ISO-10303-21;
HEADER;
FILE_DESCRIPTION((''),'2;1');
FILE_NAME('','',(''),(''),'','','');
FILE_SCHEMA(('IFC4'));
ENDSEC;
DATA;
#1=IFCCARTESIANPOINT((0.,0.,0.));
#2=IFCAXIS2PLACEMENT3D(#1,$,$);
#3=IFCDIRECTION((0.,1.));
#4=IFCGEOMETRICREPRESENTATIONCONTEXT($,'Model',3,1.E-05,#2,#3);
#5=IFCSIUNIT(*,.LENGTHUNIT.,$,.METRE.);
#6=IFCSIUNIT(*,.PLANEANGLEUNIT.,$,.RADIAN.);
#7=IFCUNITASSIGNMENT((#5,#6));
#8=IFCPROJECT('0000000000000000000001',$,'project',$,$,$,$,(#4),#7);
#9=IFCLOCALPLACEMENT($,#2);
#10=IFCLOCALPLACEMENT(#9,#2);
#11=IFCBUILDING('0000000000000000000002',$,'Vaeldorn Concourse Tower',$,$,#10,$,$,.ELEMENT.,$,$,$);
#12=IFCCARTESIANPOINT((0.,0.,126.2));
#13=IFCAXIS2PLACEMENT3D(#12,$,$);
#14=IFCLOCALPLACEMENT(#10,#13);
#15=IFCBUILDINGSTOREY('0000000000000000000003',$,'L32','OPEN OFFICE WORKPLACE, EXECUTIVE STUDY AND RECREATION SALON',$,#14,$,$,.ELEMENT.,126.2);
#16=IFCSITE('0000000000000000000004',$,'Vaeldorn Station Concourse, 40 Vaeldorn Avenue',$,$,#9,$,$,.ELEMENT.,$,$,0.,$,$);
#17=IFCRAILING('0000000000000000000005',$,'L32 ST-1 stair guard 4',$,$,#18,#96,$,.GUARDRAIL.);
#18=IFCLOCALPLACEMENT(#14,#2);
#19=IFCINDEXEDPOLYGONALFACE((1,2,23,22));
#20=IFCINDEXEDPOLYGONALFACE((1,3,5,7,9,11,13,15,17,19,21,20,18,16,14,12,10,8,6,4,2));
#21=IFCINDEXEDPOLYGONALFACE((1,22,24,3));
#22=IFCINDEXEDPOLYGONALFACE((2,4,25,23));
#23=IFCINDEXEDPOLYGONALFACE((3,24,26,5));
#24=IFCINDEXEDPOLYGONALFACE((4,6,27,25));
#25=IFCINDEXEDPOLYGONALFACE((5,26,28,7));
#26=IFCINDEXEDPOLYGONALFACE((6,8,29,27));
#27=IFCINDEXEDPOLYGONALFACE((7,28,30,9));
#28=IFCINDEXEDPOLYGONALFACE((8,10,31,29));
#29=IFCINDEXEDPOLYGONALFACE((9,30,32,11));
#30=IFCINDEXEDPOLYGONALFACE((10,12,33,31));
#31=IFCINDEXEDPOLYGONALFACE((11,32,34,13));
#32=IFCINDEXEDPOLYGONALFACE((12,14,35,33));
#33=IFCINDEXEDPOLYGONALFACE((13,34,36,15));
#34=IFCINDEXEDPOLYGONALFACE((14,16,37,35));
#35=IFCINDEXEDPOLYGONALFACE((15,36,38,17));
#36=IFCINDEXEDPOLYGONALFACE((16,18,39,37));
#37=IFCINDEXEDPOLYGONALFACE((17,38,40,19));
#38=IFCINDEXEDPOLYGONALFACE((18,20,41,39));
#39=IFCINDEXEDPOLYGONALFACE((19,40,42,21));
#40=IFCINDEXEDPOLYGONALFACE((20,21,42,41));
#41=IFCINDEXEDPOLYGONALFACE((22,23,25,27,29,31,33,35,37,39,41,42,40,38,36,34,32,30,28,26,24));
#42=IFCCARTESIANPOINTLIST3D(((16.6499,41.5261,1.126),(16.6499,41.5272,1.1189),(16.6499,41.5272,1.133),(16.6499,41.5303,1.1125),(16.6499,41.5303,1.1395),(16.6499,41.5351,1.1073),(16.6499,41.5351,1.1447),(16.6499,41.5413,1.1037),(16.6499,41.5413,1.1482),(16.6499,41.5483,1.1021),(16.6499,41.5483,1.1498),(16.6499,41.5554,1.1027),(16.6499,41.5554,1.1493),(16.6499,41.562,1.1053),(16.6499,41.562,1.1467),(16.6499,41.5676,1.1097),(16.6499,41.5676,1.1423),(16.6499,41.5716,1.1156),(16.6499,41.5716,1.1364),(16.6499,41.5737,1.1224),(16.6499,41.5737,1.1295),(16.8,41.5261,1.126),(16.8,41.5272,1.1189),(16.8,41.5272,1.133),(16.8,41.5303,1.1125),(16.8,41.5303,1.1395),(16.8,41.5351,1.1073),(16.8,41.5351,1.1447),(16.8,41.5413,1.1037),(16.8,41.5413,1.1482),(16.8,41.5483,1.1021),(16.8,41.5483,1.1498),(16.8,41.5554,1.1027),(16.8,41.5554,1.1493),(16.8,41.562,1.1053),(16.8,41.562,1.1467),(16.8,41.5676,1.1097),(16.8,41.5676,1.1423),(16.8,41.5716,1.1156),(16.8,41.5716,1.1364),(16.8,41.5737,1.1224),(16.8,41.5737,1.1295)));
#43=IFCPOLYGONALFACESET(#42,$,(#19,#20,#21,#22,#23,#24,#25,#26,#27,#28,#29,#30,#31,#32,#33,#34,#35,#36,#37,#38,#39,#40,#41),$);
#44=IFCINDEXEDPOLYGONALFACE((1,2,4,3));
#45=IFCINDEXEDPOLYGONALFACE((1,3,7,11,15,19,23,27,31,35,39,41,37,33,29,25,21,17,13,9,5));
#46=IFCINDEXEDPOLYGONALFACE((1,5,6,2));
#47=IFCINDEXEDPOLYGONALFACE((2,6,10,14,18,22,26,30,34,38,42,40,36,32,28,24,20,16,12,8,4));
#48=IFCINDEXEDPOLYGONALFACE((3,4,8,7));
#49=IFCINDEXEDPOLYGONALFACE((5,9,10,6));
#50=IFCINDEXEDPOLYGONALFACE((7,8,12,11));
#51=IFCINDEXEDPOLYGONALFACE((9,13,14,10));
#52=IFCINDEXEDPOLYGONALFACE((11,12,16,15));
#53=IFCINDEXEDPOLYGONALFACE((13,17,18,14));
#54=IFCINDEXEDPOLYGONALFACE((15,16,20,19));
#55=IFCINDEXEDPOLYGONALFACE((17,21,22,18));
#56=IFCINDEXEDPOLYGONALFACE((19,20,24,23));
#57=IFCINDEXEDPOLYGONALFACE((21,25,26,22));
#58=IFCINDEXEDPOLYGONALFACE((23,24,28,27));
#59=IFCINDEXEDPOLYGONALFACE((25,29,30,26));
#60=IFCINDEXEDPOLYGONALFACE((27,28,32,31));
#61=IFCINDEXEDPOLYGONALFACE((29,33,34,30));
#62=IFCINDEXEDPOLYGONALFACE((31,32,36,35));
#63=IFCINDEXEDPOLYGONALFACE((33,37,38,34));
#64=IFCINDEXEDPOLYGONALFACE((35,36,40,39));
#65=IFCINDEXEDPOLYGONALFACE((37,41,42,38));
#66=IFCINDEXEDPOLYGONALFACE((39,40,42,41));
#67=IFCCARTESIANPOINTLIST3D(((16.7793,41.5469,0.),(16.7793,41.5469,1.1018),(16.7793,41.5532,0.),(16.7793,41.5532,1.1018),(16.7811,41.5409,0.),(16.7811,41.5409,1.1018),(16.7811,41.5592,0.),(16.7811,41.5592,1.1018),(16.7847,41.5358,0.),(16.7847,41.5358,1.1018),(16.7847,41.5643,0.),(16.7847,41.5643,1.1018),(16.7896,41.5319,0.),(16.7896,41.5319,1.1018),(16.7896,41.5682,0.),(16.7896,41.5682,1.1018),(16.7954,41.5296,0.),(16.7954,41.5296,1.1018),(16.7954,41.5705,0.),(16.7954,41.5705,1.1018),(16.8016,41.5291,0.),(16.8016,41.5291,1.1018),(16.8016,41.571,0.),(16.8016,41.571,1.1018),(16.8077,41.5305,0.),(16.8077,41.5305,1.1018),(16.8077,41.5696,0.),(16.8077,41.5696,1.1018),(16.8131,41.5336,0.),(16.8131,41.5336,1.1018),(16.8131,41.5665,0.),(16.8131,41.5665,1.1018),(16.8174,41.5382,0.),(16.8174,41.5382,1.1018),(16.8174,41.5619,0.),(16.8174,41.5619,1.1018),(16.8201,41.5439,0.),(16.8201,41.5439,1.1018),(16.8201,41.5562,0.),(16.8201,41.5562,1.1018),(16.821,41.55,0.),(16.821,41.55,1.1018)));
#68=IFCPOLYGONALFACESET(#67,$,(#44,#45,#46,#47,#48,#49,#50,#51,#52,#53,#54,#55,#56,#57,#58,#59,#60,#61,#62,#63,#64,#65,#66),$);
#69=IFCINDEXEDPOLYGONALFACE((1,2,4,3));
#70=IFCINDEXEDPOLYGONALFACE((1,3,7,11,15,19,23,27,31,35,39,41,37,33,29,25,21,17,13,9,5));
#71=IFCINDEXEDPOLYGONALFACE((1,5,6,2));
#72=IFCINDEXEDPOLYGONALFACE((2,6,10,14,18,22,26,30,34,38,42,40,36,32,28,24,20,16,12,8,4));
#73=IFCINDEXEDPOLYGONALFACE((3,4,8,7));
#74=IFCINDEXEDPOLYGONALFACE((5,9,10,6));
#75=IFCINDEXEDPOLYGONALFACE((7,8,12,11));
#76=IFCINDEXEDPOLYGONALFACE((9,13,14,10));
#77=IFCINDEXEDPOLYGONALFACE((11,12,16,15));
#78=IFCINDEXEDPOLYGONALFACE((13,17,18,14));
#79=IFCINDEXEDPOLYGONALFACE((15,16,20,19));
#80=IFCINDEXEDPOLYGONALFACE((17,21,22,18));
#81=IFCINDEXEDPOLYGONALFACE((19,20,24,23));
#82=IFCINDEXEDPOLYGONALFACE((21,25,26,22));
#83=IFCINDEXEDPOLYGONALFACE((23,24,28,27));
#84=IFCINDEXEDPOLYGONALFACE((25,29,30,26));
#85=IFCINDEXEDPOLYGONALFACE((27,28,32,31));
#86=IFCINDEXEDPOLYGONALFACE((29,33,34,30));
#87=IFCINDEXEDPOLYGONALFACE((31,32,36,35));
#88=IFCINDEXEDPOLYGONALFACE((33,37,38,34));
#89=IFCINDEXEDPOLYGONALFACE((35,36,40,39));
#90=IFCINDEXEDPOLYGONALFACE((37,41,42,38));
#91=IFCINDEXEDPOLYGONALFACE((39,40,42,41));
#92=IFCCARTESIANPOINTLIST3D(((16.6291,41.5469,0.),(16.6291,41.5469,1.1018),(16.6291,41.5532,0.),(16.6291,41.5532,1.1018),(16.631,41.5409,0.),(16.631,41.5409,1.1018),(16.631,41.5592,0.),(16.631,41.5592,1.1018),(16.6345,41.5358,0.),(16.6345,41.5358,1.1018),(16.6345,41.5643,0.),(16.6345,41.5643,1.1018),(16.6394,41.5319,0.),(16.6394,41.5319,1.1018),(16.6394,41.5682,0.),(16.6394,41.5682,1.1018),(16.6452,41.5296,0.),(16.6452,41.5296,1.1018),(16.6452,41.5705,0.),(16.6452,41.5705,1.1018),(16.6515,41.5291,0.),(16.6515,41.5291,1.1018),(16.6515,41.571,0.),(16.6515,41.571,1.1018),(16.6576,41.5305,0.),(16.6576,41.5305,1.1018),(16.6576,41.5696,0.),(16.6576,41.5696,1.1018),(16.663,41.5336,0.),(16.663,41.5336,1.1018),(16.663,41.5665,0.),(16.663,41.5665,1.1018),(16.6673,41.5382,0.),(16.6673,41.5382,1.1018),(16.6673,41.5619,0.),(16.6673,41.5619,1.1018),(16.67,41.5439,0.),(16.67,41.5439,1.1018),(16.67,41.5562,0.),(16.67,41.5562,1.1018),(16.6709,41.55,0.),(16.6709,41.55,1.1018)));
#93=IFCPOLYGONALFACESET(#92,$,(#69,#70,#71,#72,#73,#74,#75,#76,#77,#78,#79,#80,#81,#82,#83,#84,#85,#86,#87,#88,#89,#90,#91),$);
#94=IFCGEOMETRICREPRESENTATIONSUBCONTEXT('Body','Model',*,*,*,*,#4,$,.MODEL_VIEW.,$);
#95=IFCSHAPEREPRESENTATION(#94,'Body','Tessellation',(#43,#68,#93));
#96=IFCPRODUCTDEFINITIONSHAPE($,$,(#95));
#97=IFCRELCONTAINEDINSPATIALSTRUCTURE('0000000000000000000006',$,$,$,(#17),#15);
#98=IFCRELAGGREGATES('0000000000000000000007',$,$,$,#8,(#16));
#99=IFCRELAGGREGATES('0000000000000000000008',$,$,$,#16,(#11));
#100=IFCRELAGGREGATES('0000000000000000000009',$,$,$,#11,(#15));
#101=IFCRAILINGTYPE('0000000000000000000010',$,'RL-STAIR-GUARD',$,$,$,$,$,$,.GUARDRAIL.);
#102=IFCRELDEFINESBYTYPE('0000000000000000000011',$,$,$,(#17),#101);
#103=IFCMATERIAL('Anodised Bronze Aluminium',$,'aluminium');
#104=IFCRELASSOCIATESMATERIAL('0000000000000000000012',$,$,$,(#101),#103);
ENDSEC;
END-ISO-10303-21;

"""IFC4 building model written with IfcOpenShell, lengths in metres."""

from ifc_helpers import new_model, si_unit, direction, frame, origin, origin_2d, place, context, subcontext, project, spatial, circle, extrude, material, type_object, element, save


model = new_model("IFC4")

# Units and contexts
model_context = context("Model", 3, precision=1e-05, world=origin(), true_north=direction((0.0, 1.0)))
body_context = subcontext(model_context, "Body", "Model", "MODEL_VIEW")
ifc_project = project(units=[si_unit("LENGTHUNIT", "METRE"), si_unit("PLANEANGLEUNIT", "RADIAN")], contexts=[model_context])

# Site, building, storey
site_placement = place(None, origin())
site = spatial("IfcSite", under=ifc_project, at=site_placement, Name="Vaeldorn Station Concourse, 40 Vaeldorn Avenue", CompositionType="ELEMENT", RefElevation=0.0)
building_placement = place(site_placement, origin())
building = spatial("IfcBuilding", under=site, at=building_placement, Name="Vaeldorn Concourse Tower", CompositionType="ELEMENT")
storey_placement = place(building_placement, frame((0.0, 0.0, 126.2)))
storey = spatial("IfcBuildingStorey", under=building, at=storey_placement, Name="L32", Description="OPEN OFFICE WORKPLACE, EXECUTIVE STUDY AND RECREATION SALON", CompositionType="ELEMENT", Elevation=126.2)

# Shared definitions
ifc_material_1 = material(Name="Anodised Bronze Aluminium", Category="aluminium")

# Railing
railing_type_1 = type_object("IfcRailingType", Name="RL-STAIR-GUARD", PredefinedType="GUARDRAIL", material=ifc_material_1)
railing_1_placement = place(storey_placement, frame((16.8, 41.55, 0.0)))
element("IfcRailing", 1, at=railing_1_placement, inside=storey, type_object=railing_type_1, Name="L32 ST-1 stair guard 4", PredefinedType="GUARDRAIL", context=body_context, shape_type="SweptSolid", body=[
    extrude(circle(Radius=0.0239, at=origin_2d()), frame((0.0, 0.0, 1.126), z_axis=(-1.0, 0.0, 0.0), x_axis=(0.0, -1.0, 0.0)), (0.0, 0.0, 1.0), 0.1501),
    extrude(circle(Radius=0.021, at=origin_2d()), origin(), (0.0, 0.0, 1.0), 1.1018),
    extrude(circle(Radius=0.021, at=origin_2d()), frame((-0.1501, 0.0, 0.0)), (0.0, 0.0, 1.0), 1.1018),
])

save(model, "model.ifc")
